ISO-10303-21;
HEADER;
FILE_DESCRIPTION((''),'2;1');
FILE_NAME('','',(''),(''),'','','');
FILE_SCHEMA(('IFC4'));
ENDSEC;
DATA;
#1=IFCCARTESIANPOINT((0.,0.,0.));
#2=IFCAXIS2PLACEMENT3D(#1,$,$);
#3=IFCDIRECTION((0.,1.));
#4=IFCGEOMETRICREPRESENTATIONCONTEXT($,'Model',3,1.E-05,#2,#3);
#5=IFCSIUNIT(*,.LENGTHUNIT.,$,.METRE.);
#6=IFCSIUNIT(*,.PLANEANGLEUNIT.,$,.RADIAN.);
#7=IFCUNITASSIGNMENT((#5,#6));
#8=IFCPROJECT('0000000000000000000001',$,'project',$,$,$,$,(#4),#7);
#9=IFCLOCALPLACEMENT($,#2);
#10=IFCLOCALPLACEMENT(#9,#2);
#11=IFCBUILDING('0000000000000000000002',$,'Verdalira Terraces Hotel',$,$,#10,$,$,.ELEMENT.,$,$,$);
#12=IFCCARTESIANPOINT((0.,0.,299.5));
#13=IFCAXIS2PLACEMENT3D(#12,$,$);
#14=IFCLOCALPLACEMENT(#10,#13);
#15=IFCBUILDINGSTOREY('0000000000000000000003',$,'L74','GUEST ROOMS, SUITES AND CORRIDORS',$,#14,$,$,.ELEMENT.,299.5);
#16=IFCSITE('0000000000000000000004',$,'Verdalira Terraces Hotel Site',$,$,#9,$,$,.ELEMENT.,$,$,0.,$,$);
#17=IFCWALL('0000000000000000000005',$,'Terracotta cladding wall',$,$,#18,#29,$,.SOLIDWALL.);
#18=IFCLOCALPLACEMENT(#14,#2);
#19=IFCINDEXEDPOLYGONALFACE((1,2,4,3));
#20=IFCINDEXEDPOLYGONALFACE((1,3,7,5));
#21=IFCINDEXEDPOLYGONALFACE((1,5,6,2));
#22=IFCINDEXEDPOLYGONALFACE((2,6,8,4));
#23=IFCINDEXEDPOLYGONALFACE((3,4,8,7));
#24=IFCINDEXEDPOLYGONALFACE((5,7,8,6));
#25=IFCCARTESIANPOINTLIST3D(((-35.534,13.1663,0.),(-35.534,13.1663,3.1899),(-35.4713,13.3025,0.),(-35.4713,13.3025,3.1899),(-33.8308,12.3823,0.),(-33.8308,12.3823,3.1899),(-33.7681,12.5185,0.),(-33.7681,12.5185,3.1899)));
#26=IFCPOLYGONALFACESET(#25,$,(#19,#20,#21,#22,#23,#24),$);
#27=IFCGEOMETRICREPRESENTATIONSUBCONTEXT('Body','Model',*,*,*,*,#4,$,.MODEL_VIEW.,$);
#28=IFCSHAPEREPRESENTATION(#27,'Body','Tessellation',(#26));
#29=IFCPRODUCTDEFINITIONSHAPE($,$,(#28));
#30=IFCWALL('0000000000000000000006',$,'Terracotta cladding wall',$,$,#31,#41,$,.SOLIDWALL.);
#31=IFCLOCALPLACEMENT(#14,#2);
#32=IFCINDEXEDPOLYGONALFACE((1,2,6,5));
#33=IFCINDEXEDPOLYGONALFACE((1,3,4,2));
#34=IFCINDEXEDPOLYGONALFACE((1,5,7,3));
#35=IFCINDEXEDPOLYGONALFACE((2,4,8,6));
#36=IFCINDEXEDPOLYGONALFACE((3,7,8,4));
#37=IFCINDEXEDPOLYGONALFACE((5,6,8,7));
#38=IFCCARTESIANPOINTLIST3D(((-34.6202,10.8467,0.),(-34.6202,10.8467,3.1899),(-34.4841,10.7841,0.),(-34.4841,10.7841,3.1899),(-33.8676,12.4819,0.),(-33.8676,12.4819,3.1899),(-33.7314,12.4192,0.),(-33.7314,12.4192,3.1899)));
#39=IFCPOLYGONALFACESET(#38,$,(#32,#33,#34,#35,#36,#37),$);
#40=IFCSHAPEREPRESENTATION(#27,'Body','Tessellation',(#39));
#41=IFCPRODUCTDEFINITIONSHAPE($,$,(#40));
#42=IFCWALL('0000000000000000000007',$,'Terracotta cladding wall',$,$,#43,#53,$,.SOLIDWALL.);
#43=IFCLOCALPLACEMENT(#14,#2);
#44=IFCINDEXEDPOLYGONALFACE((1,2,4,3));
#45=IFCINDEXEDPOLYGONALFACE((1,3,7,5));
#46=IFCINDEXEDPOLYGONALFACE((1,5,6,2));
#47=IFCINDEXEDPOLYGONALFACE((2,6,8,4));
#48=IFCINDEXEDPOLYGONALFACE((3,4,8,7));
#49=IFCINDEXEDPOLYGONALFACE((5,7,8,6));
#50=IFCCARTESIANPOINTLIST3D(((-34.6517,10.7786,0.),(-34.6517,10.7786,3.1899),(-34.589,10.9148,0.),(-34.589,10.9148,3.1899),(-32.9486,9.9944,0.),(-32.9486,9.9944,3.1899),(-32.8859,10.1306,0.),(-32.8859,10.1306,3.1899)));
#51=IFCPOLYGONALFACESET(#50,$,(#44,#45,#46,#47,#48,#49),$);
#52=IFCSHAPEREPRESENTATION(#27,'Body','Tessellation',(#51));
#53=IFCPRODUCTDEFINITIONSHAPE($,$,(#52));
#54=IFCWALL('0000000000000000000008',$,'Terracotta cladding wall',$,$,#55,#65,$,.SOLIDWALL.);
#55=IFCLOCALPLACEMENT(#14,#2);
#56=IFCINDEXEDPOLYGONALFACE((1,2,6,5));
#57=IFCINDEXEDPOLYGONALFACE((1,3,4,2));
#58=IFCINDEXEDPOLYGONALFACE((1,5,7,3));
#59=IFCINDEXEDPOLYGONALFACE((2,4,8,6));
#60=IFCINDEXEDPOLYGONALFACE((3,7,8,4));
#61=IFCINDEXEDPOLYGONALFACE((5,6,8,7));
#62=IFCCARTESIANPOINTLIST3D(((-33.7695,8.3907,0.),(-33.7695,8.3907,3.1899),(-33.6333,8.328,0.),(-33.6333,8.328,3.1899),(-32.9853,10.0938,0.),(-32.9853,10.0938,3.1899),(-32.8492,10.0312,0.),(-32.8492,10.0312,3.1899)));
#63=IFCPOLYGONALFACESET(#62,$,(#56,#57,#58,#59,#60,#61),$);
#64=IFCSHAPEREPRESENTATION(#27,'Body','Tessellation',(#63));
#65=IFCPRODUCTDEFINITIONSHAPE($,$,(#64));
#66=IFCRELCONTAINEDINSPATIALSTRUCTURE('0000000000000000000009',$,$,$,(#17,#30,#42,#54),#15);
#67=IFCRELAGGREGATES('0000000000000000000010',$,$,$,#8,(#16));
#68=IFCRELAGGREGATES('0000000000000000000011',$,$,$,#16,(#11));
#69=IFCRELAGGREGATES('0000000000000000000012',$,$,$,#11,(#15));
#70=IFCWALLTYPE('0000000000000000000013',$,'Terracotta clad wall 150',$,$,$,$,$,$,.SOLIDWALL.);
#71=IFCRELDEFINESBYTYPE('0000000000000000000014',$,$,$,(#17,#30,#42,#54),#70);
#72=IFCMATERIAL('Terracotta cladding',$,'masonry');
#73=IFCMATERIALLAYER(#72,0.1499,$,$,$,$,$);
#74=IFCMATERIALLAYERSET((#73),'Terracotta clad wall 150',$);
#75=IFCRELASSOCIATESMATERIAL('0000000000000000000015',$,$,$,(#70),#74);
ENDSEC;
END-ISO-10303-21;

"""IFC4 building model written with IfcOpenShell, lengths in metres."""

from ifc_helpers import new_model, si_unit, direction, frame, frame_2d, origin, place, context, subcontext, project, spatial, rectangle, extrude, material, layer, layer_set, type_object, element, save


model = new_model("IFC4")

# Units and contexts
model_context = context("Model", 3, precision=1e-05, world=origin(), true_north=direction((0.0, 1.0)))
body_context = subcontext(model_context, "Body", "Model", "MODEL_VIEW")
ifc_project = project(units=[si_unit("LENGTHUNIT", "METRE"), si_unit("PLANEANGLEUNIT", "RADIAN")], contexts=[model_context])

# Site, building, storey
site_placement = place(None, origin())
site = spatial("IfcSite", under=ifc_project, at=site_placement, Name="Verdalira Terraces Hotel Site", CompositionType="ELEMENT", RefElevation=0.0)
building_placement = place(site_placement, origin())
building = spatial("IfcBuilding", under=site, at=building_placement, Name="Verdalira Terraces Hotel", CompositionType="ELEMENT")
storey_placement = place(building_placement, frame((0.0, 0.0, 299.5)))
storey = spatial("IfcBuildingStorey", under=building, at=storey_placement, Name="L74", Description="GUEST ROOMS, SUITES AND CORRIDORS", CompositionType="ELEMENT", Elevation=299.5)

# Walls
ifc_material_1 = material(Name="Terracotta cladding", Category="masonry")
ifc_layer_1 = layer(ifc_material_1, 0.1499)
ifc_layer_set_1 = layer_set([ifc_layer_1], Name="Terracotta clad wall 150")
wall_type_1 = type_object("IfcWallType", Name="Terracotta clad wall 150", PredefinedType="SOLIDWALL", material=ifc_layer_set_1)
wall_1_placement = place(storey_placement, frame((-35.5027, 13.2344, 0.0), z_axis=(0.0, 0.0, 1.0), x_axis=(0.90839, -0.418125, 0.0)))
element("IfcWall", 1, at=wall_1_placement, inside=storey, type_object=wall_type_1, Name="Terracotta cladding wall", PredefinedType="SOLIDWALL", context=body_context, shape_type="SweptSolid", body=[
    extrude(rectangle(XDim=1.875, YDim=0.1499, at=frame_2d((0.9375, 0.0))), origin(), (0.0, 0.0, 1.0), 3.1899),
])
wall_2_placement = place(storey_placement, frame((-33.7996, 12.4504, 0.0), z_axis=(0.0, 0.0, 1.0), x_axis=(-0.418121, -0.908392, 0.0)))
element("IfcWall", 2, at=wall_2_placement, inside=storey, type_object=wall_type_1, Name="Terracotta cladding wall", PredefinedType="SOLIDWALL", context=body_context, shape_type="SweptSolid", body=[
    extrude(rectangle(XDim=1.8, YDim=0.1499, at=frame_2d((0.8999, 0.0))), origin(), (0.0, 0.0, 1.0), 3.1899),
])
for number, where, z_axis, x_axis, name in (
    (3, (-34.6204, 10.8467, 0.0), (0.0, 0.0, 1.0), (0.90834, -0.418232, 0.0), "Terracotta cladding wall"),
    (4, (-32.9172, 10.0625, 0.0), (0.0, 0.0, 1.0), (-0.418232, -0.90834, 0.0), "Terracotta cladding wall"),
):
    element("IfcWall", number, at=place(storey_placement, frame(where, z_axis=z_axis, x_axis=x_axis)), inside=storey, type_object=wall_type_1, Name=name, PredefinedType="SOLIDWALL", context=body_context, shape_type="SweptSolid", body=[
        extrude(rectangle(XDim=1.875, YDim=0.1499, at=frame_2d((0.9375, 0.0))), origin(), (0.0, 0.0, 1.0), 3.1899),
    ])

save(model, "model.ifc")
